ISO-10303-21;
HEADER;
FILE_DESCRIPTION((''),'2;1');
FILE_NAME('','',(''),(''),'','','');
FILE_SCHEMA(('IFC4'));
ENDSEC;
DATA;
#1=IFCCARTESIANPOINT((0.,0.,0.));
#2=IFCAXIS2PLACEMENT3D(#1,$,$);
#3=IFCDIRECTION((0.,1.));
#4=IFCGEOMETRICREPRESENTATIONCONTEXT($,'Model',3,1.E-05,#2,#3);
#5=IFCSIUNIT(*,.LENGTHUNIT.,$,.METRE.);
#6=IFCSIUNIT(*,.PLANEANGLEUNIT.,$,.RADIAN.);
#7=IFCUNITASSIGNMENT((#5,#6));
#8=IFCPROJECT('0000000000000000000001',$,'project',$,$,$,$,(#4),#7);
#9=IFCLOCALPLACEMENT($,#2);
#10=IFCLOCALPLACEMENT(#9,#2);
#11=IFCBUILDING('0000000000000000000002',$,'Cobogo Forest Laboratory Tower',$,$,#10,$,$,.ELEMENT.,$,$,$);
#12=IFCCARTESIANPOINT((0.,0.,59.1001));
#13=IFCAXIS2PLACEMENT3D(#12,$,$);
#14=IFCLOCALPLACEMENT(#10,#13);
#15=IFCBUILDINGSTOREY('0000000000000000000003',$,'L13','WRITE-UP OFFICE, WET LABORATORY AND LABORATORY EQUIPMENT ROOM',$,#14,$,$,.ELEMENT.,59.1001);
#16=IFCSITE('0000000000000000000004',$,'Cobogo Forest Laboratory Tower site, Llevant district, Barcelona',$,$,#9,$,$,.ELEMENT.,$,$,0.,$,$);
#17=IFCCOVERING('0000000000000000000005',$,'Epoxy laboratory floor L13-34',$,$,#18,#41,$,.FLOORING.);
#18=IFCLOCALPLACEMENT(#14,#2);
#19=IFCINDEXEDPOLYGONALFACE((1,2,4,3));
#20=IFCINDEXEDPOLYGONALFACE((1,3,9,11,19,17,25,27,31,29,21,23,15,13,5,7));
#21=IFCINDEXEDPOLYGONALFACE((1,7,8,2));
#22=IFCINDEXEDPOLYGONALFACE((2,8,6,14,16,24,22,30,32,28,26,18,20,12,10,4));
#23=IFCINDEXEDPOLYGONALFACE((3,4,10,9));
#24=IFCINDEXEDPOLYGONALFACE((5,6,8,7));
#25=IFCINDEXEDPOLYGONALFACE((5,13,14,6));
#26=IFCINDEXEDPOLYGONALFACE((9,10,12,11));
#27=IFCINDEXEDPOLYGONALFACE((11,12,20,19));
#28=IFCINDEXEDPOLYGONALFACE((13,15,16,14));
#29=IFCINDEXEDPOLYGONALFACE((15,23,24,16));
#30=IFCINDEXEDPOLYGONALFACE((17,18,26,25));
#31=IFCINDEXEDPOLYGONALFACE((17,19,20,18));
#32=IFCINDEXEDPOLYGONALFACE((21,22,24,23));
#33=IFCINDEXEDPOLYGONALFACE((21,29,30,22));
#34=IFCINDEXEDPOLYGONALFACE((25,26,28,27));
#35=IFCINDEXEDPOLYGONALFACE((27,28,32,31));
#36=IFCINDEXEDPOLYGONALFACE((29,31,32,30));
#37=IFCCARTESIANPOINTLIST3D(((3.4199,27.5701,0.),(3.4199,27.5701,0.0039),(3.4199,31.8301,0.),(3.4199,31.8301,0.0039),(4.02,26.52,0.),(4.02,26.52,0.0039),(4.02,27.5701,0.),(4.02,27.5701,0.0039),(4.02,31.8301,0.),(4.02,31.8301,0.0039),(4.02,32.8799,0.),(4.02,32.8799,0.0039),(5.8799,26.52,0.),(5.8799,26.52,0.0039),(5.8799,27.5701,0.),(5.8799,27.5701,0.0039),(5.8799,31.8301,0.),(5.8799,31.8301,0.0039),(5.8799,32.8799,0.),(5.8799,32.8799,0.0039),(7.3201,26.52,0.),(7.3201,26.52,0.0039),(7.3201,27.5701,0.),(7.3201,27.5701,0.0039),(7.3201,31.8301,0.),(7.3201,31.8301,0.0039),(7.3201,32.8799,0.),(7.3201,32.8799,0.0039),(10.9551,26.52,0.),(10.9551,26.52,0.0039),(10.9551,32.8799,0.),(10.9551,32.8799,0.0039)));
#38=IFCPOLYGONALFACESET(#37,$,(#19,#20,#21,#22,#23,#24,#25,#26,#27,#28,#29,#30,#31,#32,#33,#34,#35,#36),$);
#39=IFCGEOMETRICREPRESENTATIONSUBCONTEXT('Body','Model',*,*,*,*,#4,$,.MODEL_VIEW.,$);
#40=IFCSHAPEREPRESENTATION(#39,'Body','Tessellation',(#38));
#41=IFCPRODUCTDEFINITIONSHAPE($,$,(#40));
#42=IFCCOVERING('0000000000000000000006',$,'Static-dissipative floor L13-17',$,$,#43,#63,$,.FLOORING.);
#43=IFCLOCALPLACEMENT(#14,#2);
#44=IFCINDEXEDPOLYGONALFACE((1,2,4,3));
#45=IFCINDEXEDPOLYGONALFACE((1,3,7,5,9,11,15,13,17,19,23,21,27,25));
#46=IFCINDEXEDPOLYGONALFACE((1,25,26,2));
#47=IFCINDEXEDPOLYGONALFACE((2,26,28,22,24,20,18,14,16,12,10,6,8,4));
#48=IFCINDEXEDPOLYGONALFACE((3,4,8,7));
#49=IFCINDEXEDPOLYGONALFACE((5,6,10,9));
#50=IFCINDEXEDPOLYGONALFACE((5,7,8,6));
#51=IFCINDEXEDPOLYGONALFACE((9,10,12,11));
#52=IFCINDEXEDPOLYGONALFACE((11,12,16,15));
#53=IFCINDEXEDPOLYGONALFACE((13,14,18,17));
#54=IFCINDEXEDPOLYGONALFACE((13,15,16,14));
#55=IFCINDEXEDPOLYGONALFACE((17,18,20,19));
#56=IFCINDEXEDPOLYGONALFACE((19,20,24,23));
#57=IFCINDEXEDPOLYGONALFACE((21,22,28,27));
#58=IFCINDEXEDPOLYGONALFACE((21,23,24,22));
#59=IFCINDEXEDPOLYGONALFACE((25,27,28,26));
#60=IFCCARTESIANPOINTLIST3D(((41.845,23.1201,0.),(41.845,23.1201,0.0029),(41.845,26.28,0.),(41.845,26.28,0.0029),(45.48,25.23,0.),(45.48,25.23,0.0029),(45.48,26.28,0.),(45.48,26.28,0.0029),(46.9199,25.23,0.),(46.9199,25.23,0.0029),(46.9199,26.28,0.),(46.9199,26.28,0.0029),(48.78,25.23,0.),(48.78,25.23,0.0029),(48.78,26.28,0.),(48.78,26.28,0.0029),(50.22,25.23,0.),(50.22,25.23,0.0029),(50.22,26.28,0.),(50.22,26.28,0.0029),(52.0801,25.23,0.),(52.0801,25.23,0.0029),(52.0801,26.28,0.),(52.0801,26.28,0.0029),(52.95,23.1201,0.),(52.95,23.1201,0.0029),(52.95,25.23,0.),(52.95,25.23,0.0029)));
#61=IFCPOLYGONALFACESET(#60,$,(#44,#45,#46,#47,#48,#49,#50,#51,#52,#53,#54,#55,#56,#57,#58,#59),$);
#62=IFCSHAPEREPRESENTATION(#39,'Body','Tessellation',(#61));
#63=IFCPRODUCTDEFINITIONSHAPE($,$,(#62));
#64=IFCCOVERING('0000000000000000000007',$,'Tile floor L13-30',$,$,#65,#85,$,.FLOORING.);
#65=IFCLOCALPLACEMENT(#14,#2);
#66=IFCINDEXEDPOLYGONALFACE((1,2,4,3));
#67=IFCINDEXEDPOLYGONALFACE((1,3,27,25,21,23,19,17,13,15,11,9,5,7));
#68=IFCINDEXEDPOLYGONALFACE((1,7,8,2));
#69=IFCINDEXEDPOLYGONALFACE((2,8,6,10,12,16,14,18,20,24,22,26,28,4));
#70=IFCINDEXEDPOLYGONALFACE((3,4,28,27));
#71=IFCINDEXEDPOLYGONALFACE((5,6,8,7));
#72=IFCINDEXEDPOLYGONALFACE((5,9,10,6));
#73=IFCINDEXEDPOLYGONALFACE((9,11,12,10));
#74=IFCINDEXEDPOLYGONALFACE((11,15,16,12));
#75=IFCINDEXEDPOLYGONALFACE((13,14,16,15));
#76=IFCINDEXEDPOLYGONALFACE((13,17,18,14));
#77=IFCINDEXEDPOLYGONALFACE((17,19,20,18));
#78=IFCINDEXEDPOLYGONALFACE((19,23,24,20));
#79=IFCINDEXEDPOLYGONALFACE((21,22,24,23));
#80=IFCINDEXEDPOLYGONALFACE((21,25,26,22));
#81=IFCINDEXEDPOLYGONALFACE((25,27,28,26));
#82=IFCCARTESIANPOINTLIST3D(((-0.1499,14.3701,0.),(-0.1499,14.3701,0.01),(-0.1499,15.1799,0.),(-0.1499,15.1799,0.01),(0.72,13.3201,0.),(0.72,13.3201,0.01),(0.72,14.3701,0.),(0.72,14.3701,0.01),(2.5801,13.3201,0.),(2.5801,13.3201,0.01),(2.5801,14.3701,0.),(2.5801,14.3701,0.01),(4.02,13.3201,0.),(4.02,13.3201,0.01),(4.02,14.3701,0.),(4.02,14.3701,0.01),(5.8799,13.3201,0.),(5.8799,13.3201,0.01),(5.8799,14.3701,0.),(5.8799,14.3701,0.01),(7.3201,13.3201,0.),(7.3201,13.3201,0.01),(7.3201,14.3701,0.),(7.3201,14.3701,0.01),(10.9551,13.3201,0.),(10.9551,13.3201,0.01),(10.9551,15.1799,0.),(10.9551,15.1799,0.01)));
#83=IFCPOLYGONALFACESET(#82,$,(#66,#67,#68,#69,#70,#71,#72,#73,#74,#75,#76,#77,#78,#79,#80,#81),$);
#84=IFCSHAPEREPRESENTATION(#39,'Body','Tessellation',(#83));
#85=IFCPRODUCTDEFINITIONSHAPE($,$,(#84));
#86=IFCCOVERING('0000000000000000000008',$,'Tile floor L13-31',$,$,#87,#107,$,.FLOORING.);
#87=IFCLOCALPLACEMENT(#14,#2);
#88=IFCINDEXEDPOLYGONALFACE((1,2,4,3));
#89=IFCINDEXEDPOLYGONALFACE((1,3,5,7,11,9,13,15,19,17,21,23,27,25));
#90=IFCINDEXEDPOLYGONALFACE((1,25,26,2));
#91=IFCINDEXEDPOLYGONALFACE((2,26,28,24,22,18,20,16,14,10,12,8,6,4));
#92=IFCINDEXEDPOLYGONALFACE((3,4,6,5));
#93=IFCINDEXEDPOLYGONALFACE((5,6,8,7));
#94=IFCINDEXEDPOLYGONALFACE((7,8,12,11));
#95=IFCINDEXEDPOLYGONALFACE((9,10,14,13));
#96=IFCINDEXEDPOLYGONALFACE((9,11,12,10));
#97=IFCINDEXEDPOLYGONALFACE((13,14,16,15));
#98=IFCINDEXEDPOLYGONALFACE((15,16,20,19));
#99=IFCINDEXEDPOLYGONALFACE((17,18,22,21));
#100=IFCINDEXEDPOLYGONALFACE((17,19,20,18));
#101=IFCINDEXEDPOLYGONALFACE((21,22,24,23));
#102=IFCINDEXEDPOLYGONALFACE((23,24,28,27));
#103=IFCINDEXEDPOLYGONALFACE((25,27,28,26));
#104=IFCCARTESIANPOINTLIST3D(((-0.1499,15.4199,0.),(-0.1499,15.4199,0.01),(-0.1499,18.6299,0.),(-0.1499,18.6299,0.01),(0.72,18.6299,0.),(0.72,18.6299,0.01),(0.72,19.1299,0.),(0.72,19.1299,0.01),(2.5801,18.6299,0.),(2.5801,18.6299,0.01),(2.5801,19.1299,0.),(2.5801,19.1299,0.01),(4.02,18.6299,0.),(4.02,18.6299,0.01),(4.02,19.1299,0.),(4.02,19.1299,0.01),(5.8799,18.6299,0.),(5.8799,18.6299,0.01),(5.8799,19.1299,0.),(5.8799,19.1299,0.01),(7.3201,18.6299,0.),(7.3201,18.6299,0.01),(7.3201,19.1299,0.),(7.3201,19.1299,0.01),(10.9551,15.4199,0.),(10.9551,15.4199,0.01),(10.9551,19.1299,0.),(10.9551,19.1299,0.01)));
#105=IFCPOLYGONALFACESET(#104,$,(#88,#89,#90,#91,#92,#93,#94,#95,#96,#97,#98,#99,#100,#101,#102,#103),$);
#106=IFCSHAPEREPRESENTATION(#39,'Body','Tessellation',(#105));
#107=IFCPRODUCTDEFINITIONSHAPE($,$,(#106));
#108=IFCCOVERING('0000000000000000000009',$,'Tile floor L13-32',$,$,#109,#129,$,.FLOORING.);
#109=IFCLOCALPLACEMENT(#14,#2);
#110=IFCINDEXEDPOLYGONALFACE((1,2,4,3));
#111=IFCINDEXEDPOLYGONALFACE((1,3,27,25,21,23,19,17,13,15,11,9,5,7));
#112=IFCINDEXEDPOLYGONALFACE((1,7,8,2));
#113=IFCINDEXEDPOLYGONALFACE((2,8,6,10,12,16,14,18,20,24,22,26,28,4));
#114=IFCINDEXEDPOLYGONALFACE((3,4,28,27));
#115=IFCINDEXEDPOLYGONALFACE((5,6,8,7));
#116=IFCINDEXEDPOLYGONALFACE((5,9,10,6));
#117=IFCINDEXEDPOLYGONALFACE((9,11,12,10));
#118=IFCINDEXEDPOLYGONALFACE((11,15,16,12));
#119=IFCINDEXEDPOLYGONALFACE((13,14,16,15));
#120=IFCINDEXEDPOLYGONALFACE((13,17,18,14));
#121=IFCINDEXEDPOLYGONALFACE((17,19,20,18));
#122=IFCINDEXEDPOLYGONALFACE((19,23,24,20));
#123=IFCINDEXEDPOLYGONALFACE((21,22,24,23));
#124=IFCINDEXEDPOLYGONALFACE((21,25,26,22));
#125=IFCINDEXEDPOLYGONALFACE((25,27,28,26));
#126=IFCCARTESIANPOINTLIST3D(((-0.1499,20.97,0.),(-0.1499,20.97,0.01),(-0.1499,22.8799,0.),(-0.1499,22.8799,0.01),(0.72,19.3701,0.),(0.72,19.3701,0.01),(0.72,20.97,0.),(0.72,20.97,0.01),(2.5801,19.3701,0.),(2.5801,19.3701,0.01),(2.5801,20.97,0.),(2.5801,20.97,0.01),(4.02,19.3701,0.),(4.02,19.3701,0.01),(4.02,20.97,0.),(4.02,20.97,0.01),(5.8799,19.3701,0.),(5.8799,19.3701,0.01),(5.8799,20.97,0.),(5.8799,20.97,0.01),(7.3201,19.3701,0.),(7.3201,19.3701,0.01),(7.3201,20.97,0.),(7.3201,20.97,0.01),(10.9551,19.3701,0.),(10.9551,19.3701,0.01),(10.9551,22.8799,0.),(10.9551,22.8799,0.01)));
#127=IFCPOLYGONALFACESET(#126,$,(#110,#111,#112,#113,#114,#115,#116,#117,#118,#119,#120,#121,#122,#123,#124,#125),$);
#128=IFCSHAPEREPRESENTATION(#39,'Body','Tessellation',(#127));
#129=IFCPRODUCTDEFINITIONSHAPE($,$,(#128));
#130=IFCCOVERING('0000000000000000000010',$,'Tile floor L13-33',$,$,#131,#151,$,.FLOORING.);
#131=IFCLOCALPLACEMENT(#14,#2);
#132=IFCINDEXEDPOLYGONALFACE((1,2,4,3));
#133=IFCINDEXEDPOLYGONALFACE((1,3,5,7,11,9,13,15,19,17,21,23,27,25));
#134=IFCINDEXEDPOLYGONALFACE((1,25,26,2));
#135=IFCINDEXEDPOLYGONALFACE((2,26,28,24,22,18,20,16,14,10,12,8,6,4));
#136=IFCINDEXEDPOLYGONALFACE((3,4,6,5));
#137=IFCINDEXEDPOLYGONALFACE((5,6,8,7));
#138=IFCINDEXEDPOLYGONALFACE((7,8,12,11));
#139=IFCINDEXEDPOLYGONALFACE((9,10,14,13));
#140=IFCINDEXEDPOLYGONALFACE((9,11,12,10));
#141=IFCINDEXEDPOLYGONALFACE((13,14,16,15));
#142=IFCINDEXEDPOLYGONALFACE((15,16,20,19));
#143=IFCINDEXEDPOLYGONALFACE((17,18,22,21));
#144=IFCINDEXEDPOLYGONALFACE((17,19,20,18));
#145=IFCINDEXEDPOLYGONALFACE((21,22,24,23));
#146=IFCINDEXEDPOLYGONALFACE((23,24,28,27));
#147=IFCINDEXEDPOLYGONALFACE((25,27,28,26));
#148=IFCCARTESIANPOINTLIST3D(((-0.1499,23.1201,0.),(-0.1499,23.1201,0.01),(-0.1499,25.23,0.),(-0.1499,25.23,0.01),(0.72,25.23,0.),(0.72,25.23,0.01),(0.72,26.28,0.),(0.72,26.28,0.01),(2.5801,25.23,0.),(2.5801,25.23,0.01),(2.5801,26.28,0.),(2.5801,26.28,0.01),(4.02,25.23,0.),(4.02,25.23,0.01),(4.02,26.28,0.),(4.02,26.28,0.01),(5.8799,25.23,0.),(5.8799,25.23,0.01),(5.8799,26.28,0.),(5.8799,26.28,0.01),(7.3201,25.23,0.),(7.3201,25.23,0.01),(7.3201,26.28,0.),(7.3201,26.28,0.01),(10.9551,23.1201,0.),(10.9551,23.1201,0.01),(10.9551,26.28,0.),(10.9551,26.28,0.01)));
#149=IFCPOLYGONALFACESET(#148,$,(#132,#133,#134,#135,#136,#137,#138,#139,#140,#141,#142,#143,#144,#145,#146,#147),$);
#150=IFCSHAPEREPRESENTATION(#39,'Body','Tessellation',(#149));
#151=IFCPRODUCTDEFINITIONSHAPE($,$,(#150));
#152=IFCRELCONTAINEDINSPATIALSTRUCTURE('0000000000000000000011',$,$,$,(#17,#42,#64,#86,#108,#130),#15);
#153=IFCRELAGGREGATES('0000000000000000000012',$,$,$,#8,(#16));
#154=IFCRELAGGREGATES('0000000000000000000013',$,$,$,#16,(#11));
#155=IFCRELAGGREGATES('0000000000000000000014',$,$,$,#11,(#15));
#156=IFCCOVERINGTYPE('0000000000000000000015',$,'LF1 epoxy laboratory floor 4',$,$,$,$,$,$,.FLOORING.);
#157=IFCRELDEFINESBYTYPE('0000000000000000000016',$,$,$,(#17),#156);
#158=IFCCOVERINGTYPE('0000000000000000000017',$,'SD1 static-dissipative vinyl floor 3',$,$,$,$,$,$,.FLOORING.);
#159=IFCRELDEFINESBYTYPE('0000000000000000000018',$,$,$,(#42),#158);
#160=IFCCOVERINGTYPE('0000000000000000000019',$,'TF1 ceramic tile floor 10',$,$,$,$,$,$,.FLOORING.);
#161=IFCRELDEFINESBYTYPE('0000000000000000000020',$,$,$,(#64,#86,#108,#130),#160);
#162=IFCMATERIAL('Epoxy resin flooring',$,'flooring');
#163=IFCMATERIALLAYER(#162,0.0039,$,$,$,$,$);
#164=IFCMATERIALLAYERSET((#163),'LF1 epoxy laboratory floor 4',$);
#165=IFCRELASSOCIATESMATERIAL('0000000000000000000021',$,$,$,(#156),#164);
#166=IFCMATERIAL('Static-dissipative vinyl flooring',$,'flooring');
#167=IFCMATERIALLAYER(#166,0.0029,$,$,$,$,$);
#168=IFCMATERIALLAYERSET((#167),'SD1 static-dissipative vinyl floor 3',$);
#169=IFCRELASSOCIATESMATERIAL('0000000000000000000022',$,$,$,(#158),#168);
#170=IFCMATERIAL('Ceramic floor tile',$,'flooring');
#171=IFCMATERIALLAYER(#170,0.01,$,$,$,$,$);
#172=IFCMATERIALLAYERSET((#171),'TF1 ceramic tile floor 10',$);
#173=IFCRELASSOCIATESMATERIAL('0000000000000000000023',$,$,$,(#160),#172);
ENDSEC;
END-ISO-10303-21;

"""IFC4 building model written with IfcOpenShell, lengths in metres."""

from ifc_helpers import new_model, si_unit, direction, frame, origin, place, context, subcontext, project, spatial, polyline, outline, extrude, material, layer, layer_set, type_object, element, save


model = new_model("IFC4")

# Units and contexts
model_context = context("Model", 3, precision=1e-05, world=origin(), true_north=direction((0.0, 1.0)))
body_context = subcontext(model_context, "Body", "Model", "MODEL_VIEW")
ifc_project = project(units=[si_unit("LENGTHUNIT", "METRE"), si_unit("PLANEANGLEUNIT", "RADIAN")], contexts=[model_context])

# Site, building, storey
site_placement = place(None, origin())
site = spatial("IfcSite", under=ifc_project, at=site_placement, Name="Cobogo Forest Laboratory Tower site, Llevant district, Barcelona", CompositionType="ELEMENT", RefElevation=0.0)
building_placement = place(site_placement, origin())
building = spatial("IfcBuilding", under=site, at=building_placement, Name="Cobogo Forest Laboratory Tower", CompositionType="ELEMENT")
storey_placement = place(building_placement, frame((0.0, 0.0, 59.1001)))
storey = spatial("IfcBuildingStorey", under=building, at=storey_placement, Name="L13", Description="WRITE-UP OFFICE, WET LABORATORY AND LABORATORY EQUIPMENT ROOM", CompositionType="ELEMENT", Elevation=59.1001)

# Coverings
ifc_material_1 = material(Name="Epoxy resin flooring", Category="flooring")
ifc_layer_1 = layer(ifc_material_1, 0.0039)
ifc_layer_set_1 = layer_set([ifc_layer_1], Name="LF1 epoxy laboratory floor 4")
covering_type_1 = type_object("IfcCoveringType", Name="LF1 epoxy laboratory floor 4", PredefinedType="FLOORING", material=ifc_layer_set_1)
covering_1_placement = place(storey_placement, origin())
element("IfcCovering", 1, at=covering_1_placement, inside=storey, type_object=covering_type_1, Name="Epoxy laboratory floor L13-34", PredefinedType="FLOORING", context=body_context, shape_type="SweptSolid", body=[
    extrude(outline(polyline([(3.4199, 31.8301), (4.02, 31.8301), (4.02, 32.8799), (5.8799, 32.8799), (5.8799, 31.8301), (7.3201, 31.8301), (7.3201, 32.8799), (10.9551, 32.8799), (10.9551, 26.52), (7.3201, 26.52), (7.3201, 27.5701), (5.8799, 27.5701), (5.8799, 26.52), (4.02, 26.52), (4.02, 27.5701), (3.4199, 27.5701), (3.4199, 31.8301)])), origin(), (0.0, 0.0, 1.0), 0.0039),
])
ifc_material_2 = material(Name="Static-dissipative vinyl flooring", Category="flooring")
ifc_layer_2 = layer(ifc_material_2, 0.0029)
ifc_layer_set_2 = layer_set([ifc_layer_2], Name="SD1 static-dissipative vinyl floor 3")
covering_type_2 = type_object("IfcCoveringType", Name="SD1 static-dissipative vinyl floor 3", PredefinedType="FLOORING", material=ifc_layer_set_2)
covering_2_placement = place(storey_placement, origin())
element("IfcCovering", 2, at=covering_2_placement, inside=storey, type_object=covering_type_2, Name="Static-dissipative floor L13-17", PredefinedType="FLOORING", context=body_context, shape_type="SweptSolid", body=[
    extrude(outline(polyline([(41.845, 26.28), (45.48, 26.28), (45.48, 25.23), (46.9199, 25.23), (46.9199, 26.28), (48.78, 26.28), (48.78, 25.23), (50.22, 25.23), (50.22, 26.28), (52.0801, 26.28), (52.0801, 25.23), (52.95, 25.23), (52.95, 23.1201), (41.845, 23.1201), (41.845, 26.28)])), origin(), (0.0, 0.0, 1.0), 0.0029),
])
ifc_material_3 = material(Name="Ceramic floor tile", Category="flooring")
ifc_layer_3 = layer(ifc_material_3, 0.01)
ifc_layer_set_3 = layer_set([ifc_layer_3], Name="TF1 ceramic tile floor 10")
covering_type_3 = type_object("IfcCoveringType", Name="TF1 ceramic tile floor 10", PredefinedType="FLOORING", material=ifc_layer_set_3)
covering_3_placement = place(storey_placement, origin())
element("IfcCovering", 3, at=covering_3_placement, inside=storey, type_object=covering_type_3, Name="Tile floor L13-30", PredefinedType="FLOORING", context=body_context, shape_type="SweptSolid", body=[
    extrude(outline(polyline([(10.9551, 13.3201), (7.3201, 13.3201), (7.3201, 14.3701), (5.8799, 14.3701), (5.8799, 13.3201), (4.02, 13.3201), (4.02, 14.3701), (2.5801, 14.3701), (2.5801, 13.3201), (0.72, 13.3201), (0.72, 14.3701), (-0.1499, 14.3701), (-0.1499, 15.1799), (10.9551, 15.1799), (10.9551, 13.3201)])), origin(), (0.0, 0.0, 1.0), 0.01),
])
covering_4_placement = place(storey_placement, origin())
element("IfcCovering", 4, at=covering_4_placement, inside=storey, type_object=covering_type_3, Name="Tile floor L13-31", PredefinedType="FLOORING", context=body_context, shape_type="SweptSolid", body=[
    extrude(outline(polyline([(10.9551, 15.4199), (-0.1499, 15.4199), (-0.1499, 18.6299), (0.72, 18.6299), (0.72, 19.1299), (2.5801, 19.1299), (2.5801, 18.6299), (4.02, 18.6299), (4.02, 19.1299), (5.8799, 19.1299), (5.8799, 18.6299), (7.3201, 18.6299), (7.3201, 19.1299), (10.9551, 19.1299), (10.9551, 15.4199)])), origin(), (0.0, 0.0, 1.0), 0.01),
])
covering_5_placement = place(storey_placement, origin())
element("IfcCovering", 5, at=covering_5_placement, inside=storey, type_object=covering_type_3, Name="Tile floor L13-32", PredefinedType="FLOORING", context=body_context, shape_type="SweptSolid", body=[
    extrude(outline(polyline([(10.9551, 19.3701), (7.3201, 19.3701), (7.3201, 20.97), (5.8799, 20.97), (5.8799, 19.3701), (4.02, 19.3701), (4.02, 20.97), (2.5801, 20.97), (2.5801, 19.3701), (0.72, 19.3701), (0.72, 20.97), (-0.1499, 20.97), (-0.1499, 22.8799), (10.9551, 22.8799), (10.9551, 19.3701)])), origin(), (0.0, 0.0, 1.0), 0.01),
])
covering_6_placement = place(storey_placement, origin())
element("IfcCovering", 6, at=covering_6_placement, inside=storey, type_object=covering_type_3, Name="Tile floor L13-33", PredefinedType="FLOORING", context=body_context, shape_type="SweptSolid", body=[
    extrude(outline(polyline([(10.9551, 23.1201), (-0.1499, 23.1201), (-0.1499, 25.23), (0.72, 25.23), (0.72, 26.28), (2.5801, 26.28), (2.5801, 25.23), (4.02, 25.23), (4.02, 26.28), (5.8799, 26.28), (5.8799, 25.23), (7.3201, 25.23), (7.3201, 26.28), (10.9551, 26.28), (10.9551, 23.1201)])), origin(), (0.0, 0.0, 1.0), 0.01),
])

save(model, "model.ifc")
